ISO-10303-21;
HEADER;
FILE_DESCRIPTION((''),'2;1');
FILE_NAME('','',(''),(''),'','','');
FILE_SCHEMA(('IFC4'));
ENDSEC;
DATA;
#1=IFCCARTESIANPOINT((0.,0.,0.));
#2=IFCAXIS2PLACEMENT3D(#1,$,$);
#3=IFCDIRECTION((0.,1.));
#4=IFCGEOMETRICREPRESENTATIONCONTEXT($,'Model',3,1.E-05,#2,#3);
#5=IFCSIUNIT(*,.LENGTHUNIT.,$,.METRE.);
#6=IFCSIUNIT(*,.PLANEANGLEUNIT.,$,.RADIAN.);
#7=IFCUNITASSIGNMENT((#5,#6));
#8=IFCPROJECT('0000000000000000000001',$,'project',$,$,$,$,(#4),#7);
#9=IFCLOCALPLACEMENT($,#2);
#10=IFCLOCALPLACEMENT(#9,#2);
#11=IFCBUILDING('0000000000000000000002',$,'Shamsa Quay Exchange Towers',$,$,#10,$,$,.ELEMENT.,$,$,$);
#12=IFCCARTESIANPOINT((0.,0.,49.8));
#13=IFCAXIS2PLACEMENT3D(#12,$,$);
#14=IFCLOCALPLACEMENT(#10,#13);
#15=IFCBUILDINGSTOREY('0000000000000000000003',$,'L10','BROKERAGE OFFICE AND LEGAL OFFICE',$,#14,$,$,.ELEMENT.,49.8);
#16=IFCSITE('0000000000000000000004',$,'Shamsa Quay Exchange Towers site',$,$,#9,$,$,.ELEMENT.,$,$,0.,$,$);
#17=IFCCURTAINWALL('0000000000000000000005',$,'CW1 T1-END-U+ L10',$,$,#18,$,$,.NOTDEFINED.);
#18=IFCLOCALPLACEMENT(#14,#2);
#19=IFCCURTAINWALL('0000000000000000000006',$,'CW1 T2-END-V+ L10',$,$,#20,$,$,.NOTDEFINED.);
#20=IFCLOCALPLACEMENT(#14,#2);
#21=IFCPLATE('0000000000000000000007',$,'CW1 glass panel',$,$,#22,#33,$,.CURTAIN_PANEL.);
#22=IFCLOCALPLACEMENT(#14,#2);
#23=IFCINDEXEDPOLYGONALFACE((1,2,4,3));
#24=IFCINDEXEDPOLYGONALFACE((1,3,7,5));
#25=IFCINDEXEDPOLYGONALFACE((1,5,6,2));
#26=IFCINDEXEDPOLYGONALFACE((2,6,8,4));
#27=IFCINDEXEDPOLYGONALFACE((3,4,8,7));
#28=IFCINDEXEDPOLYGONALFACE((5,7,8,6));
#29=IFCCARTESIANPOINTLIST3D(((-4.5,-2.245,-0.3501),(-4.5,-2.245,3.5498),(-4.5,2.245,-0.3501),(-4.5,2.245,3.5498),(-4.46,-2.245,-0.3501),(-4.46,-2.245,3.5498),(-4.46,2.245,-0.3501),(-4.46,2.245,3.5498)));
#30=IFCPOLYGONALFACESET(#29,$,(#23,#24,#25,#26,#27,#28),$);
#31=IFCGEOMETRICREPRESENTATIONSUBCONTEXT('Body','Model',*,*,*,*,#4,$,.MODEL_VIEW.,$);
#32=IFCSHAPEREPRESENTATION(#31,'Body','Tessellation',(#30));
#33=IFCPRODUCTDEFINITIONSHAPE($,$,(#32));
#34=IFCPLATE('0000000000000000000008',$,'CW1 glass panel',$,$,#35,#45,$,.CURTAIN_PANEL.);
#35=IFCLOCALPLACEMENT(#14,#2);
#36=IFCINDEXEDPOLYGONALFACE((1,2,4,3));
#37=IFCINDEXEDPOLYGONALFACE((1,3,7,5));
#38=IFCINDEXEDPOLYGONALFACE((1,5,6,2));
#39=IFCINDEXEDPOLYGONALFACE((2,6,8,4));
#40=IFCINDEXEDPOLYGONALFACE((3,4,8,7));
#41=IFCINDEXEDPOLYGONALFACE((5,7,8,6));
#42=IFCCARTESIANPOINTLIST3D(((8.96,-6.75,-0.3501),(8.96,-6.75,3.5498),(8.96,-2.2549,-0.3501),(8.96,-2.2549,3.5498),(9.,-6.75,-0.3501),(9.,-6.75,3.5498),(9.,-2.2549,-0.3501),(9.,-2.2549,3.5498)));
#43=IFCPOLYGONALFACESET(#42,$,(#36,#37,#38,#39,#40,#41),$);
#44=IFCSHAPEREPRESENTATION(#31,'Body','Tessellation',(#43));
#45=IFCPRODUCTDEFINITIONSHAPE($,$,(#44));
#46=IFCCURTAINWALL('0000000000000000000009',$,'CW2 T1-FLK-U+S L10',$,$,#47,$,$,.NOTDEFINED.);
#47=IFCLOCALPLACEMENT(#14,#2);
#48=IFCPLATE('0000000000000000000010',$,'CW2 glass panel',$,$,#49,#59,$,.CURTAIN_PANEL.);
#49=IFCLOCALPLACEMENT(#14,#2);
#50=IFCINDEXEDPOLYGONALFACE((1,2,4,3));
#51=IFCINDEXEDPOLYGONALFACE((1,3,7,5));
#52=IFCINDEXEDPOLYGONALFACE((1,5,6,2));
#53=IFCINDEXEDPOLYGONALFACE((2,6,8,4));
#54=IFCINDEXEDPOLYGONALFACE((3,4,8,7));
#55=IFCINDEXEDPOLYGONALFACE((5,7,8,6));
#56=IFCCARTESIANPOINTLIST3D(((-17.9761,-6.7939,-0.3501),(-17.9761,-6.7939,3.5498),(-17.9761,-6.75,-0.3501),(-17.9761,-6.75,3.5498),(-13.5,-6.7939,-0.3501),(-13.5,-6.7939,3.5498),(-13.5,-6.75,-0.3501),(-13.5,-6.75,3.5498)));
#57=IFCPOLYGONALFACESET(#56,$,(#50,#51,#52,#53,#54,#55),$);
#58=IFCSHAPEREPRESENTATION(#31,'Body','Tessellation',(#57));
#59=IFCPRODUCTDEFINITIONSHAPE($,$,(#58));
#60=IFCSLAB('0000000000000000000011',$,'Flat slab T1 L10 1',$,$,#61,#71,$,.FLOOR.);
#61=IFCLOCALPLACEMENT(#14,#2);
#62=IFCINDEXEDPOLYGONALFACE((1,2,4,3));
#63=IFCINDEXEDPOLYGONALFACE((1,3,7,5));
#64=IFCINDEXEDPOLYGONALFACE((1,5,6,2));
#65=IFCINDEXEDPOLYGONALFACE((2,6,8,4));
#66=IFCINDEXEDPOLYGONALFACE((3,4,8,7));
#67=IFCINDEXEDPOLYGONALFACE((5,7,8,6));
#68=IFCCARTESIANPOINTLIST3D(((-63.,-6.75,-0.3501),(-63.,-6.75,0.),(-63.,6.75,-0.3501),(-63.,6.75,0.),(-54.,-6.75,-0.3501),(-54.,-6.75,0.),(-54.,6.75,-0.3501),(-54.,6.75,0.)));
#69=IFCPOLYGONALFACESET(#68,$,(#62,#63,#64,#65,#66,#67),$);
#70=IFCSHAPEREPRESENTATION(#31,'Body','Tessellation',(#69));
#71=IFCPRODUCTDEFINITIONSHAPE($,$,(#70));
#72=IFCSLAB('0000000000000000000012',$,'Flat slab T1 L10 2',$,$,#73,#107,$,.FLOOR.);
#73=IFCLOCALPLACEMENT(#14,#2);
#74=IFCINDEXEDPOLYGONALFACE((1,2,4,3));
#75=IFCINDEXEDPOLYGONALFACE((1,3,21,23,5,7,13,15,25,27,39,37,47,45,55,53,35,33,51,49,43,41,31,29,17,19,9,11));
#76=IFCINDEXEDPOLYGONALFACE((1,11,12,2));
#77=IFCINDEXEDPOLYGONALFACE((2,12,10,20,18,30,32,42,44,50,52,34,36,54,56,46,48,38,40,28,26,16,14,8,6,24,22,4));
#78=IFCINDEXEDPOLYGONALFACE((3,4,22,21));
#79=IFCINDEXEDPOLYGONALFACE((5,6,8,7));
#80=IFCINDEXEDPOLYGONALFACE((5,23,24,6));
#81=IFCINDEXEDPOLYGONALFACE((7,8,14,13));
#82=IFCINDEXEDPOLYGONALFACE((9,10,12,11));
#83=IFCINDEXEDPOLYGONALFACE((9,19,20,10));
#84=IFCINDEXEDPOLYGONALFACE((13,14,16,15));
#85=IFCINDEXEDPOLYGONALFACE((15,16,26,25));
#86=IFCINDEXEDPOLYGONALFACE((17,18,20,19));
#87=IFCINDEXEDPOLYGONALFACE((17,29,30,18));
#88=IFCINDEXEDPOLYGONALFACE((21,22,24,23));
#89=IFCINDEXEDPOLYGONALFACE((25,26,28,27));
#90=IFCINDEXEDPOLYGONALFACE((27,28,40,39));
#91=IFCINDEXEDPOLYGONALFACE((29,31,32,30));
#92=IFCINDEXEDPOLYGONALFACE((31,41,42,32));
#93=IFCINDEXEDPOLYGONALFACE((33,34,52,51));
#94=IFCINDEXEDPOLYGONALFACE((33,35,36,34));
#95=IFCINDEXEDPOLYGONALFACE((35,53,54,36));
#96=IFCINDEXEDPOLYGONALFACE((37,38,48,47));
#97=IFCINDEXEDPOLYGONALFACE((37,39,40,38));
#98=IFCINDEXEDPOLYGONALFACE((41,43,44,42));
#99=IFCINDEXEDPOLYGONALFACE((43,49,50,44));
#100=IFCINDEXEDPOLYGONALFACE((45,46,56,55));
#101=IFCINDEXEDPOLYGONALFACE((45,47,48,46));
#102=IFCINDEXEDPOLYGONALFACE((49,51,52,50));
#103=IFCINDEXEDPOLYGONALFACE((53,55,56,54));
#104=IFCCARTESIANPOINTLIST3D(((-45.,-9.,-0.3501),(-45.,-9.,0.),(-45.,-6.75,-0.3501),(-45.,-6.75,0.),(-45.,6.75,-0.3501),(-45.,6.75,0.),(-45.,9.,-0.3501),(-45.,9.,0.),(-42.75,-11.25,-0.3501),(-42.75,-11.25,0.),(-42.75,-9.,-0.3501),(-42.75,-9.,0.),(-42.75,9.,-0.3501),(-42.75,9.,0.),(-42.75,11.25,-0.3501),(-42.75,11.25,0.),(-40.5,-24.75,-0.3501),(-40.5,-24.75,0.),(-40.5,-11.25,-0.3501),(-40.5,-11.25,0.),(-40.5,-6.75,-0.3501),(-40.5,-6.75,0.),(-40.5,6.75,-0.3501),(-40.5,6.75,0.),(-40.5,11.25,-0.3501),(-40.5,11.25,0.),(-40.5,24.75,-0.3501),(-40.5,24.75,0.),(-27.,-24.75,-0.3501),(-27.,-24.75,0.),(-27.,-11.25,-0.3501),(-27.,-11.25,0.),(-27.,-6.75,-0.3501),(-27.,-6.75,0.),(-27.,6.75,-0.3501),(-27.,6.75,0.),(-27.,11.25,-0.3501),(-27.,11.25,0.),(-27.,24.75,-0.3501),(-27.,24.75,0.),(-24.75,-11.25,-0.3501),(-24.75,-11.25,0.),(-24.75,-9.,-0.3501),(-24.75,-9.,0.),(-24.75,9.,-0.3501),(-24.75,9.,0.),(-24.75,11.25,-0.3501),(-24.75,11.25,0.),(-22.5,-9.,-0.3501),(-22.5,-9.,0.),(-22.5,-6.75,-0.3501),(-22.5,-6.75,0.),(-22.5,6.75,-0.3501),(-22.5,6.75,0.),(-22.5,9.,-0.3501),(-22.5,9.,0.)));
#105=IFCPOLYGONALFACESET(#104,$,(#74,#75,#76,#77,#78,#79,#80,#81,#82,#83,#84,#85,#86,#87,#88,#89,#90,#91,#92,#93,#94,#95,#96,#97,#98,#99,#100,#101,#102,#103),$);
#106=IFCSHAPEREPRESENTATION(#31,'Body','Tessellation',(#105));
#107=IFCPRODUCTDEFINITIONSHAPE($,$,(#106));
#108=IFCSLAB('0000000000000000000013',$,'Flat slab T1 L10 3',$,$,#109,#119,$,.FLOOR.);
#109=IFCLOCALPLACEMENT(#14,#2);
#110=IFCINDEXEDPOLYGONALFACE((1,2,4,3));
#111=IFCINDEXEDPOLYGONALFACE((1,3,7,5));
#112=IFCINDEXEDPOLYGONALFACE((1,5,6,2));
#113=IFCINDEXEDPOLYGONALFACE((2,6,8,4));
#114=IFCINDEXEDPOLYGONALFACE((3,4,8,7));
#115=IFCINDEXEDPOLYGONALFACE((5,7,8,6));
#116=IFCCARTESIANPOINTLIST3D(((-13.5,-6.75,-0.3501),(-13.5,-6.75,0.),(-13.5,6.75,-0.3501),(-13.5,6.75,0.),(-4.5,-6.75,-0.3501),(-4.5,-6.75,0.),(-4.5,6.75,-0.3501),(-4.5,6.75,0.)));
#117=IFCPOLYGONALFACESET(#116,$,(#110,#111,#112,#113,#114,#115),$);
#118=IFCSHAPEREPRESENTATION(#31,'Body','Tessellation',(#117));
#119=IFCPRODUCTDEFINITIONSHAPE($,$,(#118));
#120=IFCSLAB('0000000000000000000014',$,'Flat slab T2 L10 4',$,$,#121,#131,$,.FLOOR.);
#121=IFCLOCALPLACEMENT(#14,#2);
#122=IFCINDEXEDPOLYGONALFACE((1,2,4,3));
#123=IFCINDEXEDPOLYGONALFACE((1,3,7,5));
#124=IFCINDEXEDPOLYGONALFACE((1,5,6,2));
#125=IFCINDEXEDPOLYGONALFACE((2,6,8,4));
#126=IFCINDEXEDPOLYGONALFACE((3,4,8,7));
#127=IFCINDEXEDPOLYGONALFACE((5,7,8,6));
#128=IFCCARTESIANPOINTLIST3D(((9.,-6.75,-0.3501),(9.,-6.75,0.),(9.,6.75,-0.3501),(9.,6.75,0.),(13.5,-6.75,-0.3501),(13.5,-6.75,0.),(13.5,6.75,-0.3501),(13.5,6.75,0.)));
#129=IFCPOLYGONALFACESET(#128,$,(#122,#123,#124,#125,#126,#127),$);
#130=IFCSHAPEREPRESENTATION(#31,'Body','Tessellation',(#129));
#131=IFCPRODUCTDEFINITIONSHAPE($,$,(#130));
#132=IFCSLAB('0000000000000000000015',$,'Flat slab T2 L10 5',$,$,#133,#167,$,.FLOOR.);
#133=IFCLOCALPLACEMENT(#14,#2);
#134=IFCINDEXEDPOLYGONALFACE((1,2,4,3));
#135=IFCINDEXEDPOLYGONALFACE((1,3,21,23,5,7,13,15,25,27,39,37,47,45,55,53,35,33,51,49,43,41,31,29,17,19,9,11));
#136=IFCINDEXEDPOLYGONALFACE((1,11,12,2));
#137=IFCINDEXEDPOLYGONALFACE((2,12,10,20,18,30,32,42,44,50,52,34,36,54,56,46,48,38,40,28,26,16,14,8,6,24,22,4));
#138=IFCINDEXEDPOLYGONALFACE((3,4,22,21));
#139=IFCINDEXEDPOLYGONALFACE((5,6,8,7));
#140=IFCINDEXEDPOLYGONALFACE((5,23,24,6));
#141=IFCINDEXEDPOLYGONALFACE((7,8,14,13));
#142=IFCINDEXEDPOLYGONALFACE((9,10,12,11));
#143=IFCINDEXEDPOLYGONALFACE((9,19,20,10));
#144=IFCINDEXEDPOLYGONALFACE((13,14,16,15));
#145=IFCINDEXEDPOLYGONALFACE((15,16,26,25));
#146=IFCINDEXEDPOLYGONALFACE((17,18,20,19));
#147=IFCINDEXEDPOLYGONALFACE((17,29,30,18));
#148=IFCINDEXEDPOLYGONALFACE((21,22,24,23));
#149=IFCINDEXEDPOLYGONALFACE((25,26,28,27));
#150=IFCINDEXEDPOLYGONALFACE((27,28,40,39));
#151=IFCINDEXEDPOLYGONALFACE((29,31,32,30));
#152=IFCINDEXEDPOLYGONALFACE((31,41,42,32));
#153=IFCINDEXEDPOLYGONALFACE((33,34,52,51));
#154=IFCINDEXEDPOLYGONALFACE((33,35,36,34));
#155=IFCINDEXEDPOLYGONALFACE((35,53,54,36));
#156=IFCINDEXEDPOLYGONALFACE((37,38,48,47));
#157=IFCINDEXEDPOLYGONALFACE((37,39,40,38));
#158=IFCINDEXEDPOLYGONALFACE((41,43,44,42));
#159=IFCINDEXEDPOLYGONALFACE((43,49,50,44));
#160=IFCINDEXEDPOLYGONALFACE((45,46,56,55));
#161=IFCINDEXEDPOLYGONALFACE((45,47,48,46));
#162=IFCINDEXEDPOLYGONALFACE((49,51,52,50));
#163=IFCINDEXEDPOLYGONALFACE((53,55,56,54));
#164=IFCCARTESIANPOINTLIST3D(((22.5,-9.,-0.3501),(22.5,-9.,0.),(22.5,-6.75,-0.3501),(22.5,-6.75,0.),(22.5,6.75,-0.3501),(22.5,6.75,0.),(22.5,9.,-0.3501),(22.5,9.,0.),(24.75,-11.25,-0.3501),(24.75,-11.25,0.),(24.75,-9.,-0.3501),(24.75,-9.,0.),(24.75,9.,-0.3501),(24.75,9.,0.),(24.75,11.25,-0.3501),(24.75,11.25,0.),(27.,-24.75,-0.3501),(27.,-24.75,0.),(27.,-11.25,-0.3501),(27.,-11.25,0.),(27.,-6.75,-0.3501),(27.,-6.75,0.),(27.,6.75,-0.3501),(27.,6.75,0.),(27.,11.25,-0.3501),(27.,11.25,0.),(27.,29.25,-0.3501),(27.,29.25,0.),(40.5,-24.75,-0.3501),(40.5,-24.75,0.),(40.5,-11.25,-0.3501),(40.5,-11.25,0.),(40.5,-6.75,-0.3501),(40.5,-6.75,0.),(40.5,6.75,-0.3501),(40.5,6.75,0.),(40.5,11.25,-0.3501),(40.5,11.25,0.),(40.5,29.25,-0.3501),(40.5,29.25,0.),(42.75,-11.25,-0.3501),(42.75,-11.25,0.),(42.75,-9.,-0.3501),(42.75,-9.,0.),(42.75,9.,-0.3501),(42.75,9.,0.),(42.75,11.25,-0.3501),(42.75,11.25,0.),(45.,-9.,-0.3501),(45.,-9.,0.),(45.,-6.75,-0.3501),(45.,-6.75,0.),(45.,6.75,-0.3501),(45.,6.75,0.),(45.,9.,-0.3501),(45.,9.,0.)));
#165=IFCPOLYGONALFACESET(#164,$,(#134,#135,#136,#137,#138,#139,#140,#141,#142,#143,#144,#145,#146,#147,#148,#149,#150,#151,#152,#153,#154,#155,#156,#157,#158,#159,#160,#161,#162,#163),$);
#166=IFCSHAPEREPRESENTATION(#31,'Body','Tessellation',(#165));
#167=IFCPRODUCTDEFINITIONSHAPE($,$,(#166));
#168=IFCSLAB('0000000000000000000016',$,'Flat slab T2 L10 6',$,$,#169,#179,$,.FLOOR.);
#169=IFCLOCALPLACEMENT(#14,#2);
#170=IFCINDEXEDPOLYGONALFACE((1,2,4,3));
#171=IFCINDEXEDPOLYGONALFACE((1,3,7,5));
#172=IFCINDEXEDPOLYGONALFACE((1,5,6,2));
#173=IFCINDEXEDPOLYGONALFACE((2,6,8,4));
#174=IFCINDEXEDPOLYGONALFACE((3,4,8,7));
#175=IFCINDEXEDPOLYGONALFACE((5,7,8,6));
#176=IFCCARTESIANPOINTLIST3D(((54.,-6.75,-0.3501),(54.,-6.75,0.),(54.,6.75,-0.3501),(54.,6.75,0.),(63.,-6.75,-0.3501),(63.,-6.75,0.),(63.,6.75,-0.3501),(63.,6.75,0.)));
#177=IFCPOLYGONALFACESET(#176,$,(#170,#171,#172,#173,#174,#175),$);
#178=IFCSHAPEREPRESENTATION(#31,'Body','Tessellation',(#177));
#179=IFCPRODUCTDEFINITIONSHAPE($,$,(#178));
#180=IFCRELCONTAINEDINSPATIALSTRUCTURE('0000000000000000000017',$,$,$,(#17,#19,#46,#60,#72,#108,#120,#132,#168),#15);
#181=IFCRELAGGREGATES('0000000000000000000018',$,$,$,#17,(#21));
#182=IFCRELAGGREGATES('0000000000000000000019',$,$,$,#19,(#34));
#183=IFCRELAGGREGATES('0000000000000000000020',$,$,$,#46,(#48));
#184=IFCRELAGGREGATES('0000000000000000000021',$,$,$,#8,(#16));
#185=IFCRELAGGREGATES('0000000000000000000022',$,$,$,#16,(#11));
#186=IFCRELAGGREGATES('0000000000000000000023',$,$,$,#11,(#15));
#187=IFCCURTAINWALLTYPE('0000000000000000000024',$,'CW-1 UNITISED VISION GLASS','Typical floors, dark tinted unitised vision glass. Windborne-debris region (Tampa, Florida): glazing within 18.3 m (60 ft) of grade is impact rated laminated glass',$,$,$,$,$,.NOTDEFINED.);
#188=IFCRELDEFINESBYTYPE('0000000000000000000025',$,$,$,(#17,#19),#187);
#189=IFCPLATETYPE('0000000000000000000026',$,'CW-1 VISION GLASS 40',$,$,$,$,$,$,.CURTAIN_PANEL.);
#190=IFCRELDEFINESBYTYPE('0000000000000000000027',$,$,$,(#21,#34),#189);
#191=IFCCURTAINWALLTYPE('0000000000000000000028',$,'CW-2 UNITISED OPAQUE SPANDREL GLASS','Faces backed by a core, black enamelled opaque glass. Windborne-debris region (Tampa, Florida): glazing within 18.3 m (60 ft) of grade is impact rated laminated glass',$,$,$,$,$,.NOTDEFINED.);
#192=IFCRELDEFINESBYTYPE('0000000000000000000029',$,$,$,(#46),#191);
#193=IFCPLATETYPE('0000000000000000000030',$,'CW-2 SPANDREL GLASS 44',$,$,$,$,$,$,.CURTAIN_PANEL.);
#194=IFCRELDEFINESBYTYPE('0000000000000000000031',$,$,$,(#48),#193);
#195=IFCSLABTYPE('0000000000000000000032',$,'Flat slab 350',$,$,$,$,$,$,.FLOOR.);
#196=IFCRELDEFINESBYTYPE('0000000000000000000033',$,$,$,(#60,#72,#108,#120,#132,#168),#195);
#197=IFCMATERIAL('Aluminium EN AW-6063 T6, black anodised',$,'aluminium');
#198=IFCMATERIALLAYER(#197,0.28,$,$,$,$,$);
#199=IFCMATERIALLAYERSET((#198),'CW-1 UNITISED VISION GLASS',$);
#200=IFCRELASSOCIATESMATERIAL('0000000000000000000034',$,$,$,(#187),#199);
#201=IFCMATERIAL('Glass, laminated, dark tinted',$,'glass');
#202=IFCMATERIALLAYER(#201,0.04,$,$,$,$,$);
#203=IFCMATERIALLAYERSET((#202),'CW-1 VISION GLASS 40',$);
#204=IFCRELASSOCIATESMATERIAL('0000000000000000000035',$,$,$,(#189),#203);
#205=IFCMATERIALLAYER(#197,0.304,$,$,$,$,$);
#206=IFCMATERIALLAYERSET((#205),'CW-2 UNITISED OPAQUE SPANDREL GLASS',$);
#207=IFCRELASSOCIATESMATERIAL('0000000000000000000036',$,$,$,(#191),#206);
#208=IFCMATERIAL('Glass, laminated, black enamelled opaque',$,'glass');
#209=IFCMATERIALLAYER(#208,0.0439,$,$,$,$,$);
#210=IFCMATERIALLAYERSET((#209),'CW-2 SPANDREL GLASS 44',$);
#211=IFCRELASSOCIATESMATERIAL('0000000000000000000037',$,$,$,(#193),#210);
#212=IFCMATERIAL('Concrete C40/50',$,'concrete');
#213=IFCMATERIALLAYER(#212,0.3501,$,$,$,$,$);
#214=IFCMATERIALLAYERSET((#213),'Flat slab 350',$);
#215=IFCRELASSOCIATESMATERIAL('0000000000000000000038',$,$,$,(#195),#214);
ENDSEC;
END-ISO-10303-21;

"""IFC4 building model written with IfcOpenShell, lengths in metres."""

from ifc_helpers import new_model, si_unit, direction, frame, origin, origin_2d, place, context, subcontext, project, spatial, polyline, rectangle, outline, extrude, material, layer, layer_set, type_object, element, aggregate, save


model = new_model("IFC4")

# Units and contexts
model_context = context("Model", 3, precision=1e-05, world=origin(), true_north=direction((0.0, 1.0)))
body_context = subcontext(model_context, "Body", "Model", "MODEL_VIEW")
ifc_project = project(units=[si_unit("LENGTHUNIT", "METRE"), si_unit("PLANEANGLEUNIT", "RADIAN")], contexts=[model_context])

# Site, building, storey
site_placement = place(None, origin())
site = spatial("IfcSite", under=ifc_project, at=site_placement, Name="Shamsa Quay Exchange Towers site", CompositionType="ELEMENT", RefElevation=0.0)
building_placement = place(site_placement, origin())
building = spatial("IfcBuilding", under=site, at=building_placement, Name="Shamsa Quay Exchange Towers", CompositionType="ELEMENT")
storey_placement = place(building_placement, frame((0.0, 0.0, 49.8)))
storey = spatial("IfcBuildingStorey", under=building, at=storey_placement, Name="L10", Description="BROKERAGE OFFICE AND LEGAL OFFICE", CompositionType="ELEMENT", Elevation=49.8)

# Curtain walls
ifc_material_1 = material(Name="Aluminium EN AW-6063 T6, black anodised", Category="aluminium")
ifc_layer_1 = layer(ifc_material_1, 0.28)
ifc_layer_set_1 = layer_set([ifc_layer_1], Name="CW-1 UNITISED VISION GLASS")
curtain_wall_type_1 = type_object("IfcCurtainWallType", Name="CW-1 UNITISED VISION GLASS", Description="Typical floors, dark tinted unitised vision glass. Windborne-debris region (Tampa, Florida): glazing within 18.3 m (60 ft) of grade is impact rated laminated glass", PredefinedType="NOTDEFINED", material=ifc_layer_set_1)
curtain_wall_1_placement = place(storey_placement, origin())
curtain_wall_1 = element("IfcCurtainWall", 1, at=curtain_wall_1_placement, inside=storey, type_object=curtain_wall_type_1, Name="CW1 T1-END-U+ L10", PredefinedType="NOTDEFINED")
curtain_wall_2_placement = place(storey_placement, origin())
curtain_wall_2 = element("IfcCurtainWall", 2, at=curtain_wall_2_placement, inside=storey, type_object=curtain_wall_type_1, Name="CW1 T2-END-V+ L10", PredefinedType="NOTDEFINED")

# Shared definitions
ifc_material_2 = material(Name="Glass, laminated, dark tinted", Category="glass")
ifc_layer_2 = layer(ifc_material_2, 0.04)
ifc_layer_set_2 = layer_set([ifc_layer_2], Name="CW-1 VISION GLASS 40")
plate_type_1 = type_object("IfcPlateType", Name="CW-1 VISION GLASS 40", PredefinedType="CURTAIN_PANEL", material=ifc_layer_set_2)

# Plates
plate_1_placement = place(storey_placement, frame((-4.48, 0.0, -0.3501), z_axis=(0.0, 0.0, 1.0), x_axis=(0.0, 1.0, 0.0)))
plate_1 = element("IfcPlate", 3, at=plate_1_placement, type_object=plate_type_1, Name="CW1 glass panel", PredefinedType="CURTAIN_PANEL", context=body_context, shape_type="SweptSolid", body=[
    extrude(rectangle(XDim=4.49, YDim=0.04, at=origin_2d()), origin(), (0.0, 0.0, 1.0), 3.8999),
])
aggregate(curtain_wall_1, [plate_1])
plate_2_placement = place(storey_placement, frame((8.98, -4.5024, -0.3501), z_axis=(0.0, 0.0, 1.0), x_axis=(0.0, -1.0, 0.0)))
plate_2 = element("IfcPlate", 4, at=plate_2_placement, type_object=plate_type_1, Name="CW1 glass panel", PredefinedType="CURTAIN_PANEL", context=body_context, shape_type="SweptSolid", body=[
    extrude(rectangle(XDim=4.4951, YDim=0.04, at=origin_2d()), origin(), (0.0, 0.0, 1.0), 3.8999),
])
aggregate(curtain_wall_2, [plate_2])

# Curtain wall, plate
ifc_layer_3 = layer(ifc_material_1, 0.304)
ifc_layer_set_3 = layer_set([ifc_layer_3], Name="CW-2 UNITISED OPAQUE SPANDREL GLASS")
curtain_wall_type_2 = type_object("IfcCurtainWallType", Name="CW-2 UNITISED OPAQUE SPANDREL GLASS", Description="Faces backed by a core, black enamelled opaque glass. Windborne-debris region (Tampa, Florida): glazing within 18.3 m (60 ft) of grade is impact rated laminated glass", PredefinedType="NOTDEFINED", material=ifc_layer_set_3)
curtain_wall_3_placement = place(storey_placement, origin())
curtain_wall_3 = element("IfcCurtainWall", 5, at=curtain_wall_3_placement, inside=storey, type_object=curtain_wall_type_2, Name="CW2 T1-FLK-U+S L10", PredefinedType="NOTDEFINED")
ifc_material_3 = material(Name="Glass, laminated, black enamelled opaque", Category="glass")
ifc_layer_4 = layer(ifc_material_3, 0.0439)
ifc_layer_set_4 = layer_set([ifc_layer_4], Name="CW-2 SPANDREL GLASS 44")
plate_type_2 = type_object("IfcPlateType", Name="CW-2 SPANDREL GLASS 44", PredefinedType="CURTAIN_PANEL", material=ifc_layer_set_4)
plate_3_placement = place(storey_placement, frame((-15.738, -6.772, -0.3501)))
plate_3 = element("IfcPlate", 6, at=plate_3_placement, type_object=plate_type_2, Name="CW2 glass panel", PredefinedType="CURTAIN_PANEL", context=body_context, shape_type="SweptSolid", body=[
    extrude(rectangle(XDim=4.4761, YDim=0.0439, at=origin_2d()), origin(), (0.0, 0.0, 1.0), 3.8999),
])
aggregate(curtain_wall_3, [plate_3])

# Slabs
ifc_material_4 = material(Name="Concrete C40/50", Category="concrete")
ifc_layer_5 = layer(ifc_material_4, 0.3501)
ifc_layer_set_5 = layer_set([ifc_layer_5], Name="Flat slab 350")
slab_type_1 = type_object("IfcSlabType", Name="Flat slab 350", PredefinedType="FLOOR", material=ifc_layer_set_5)
slab_1_placement = place(storey_placement, frame((0.0, 0.0, -0.3501)))
element("IfcSlab", 7, at=slab_1_placement, inside=storey, type_object=slab_type_1, Name="Flat slab T1 L10 1", PredefinedType="FLOOR", context=body_context, shape_type="SweptSolid", body=[
    extrude(outline(polyline([(-63.0, -6.75), (-54.0, -6.75), (-54.0, 6.75), (-63.0, 6.75), (-63.0, -6.75)])), origin(), (0.0, 0.0, 1.0), 0.3501),
])
slab_2_placement = place(storey_placement, frame((0.0, 0.0, -0.3501)))
element("IfcSlab", 8, at=slab_2_placement, inside=storey, type_object=slab_type_1, Name="Flat slab T1 L10 2", PredefinedType="FLOOR", context=body_context, shape_type="SweptSolid", body=[
    extrude(outline(polyline([(-22.5, -9.0), (-22.5, -6.75), (-27.0, -6.75), (-27.0, 6.75), (-22.5, 6.75), (-22.5, 9.0), (-24.75, 9.0), (-24.75, 11.25), (-27.0, 11.25), (-27.0, 24.75), (-40.5, 24.75), (-40.5, 11.25), (-42.75, 11.25), (-42.75, 9.0), (-45.0, 9.0), (-45.0, 6.75), (-40.5, 6.75), (-40.5, -6.75), (-45.0, -6.75), (-45.0, -9.0), (-42.75, -9.0), (-42.75, -11.25), (-40.5, -11.25), (-40.5, -24.75), (-27.0, -24.75), (-27.0, -11.25), (-24.75, -11.25), (-24.75, -9.0), (-22.5, -9.0)])), origin(), (0.0, 0.0, 1.0), 0.3501),
])
slab_3_placement = place(storey_placement, frame((0.0, 0.0, -0.3501)))
element("IfcSlab", 9, at=slab_3_placement, inside=storey, type_object=slab_type_1, Name="Flat slab T1 L10 3", PredefinedType="FLOOR", context=body_context, shape_type="SweptSolid", body=[
    extrude(outline(polyline([(-4.5, 6.75), (-13.5, 6.75), (-13.5, -6.75), (-4.5, -6.75), (-4.5, 6.75)])), origin(), (0.0, 0.0, 1.0), 0.3501),
])
slab_4_placement = place(storey_placement, frame((0.0, 0.0, -0.3501)))
element("IfcSlab", 10, at=slab_4_placement, inside=storey, type_object=slab_type_1, Name="Flat slab T2 L10 4", PredefinedType="FLOOR", context=body_context, shape_type="SweptSolid", body=[
    extrude(outline(polyline([(9.0, -6.75), (13.5, -6.75), (13.5, 6.75), (9.0, 6.75), (9.0, -6.75)])), origin(), (0.0, 0.0, 1.0), 0.3501),
])
slab_5_placement = place(storey_placement, frame((0.0, 0.0, -0.3501)))
element("IfcSlab", 11, at=slab_5_placement, inside=storey, type_object=slab_type_1, Name="Flat slab T2 L10 5", PredefinedType="FLOOR", context=body_context, shape_type="SweptSolid", body=[
    extrude(outline(polyline([(45.0, -9.0), (45.0, -6.75), (40.5, -6.75), (40.5, 6.75), (45.0, 6.75), (45.0, 9.0), (42.75, 9.0), (42.75, 11.25), (40.5, 11.25), (40.5, 29.25), (27.0, 29.25), (27.0, 11.25), (24.75, 11.25), (24.75, 9.0), (22.5, 9.0), (22.5, 6.75), (27.0, 6.75), (27.0, -6.75), (22.5, -6.75), (22.5, -9.0), (24.75, -9.0), (24.75, -11.25), (27.0, -11.25), (27.0, -24.75), (40.5, -24.75), (40.5, -11.25), (42.75, -11.25), (42.75, -9.0), (45.0, -9.0)])), origin(), (0.0, 0.0, 1.0), 0.3501),
])
slab_6_placement = place(storey_placement, frame((0.0, 0.0, -0.3501)))
element("IfcSlab", 12, at=slab_6_placement, inside=storey, type_object=slab_type_1, Name="Flat slab T2 L10 6", PredefinedType="FLOOR", context=body_context, shape_type="SweptSolid", body=[
    extrude(outline(polyline([(63.0, 6.75), (54.0, 6.75), (54.0, -6.75), (63.0, -6.75), (63.0, 6.75)])), origin(), (0.0, 0.0, 1.0), 0.3501),
])

save(model, "model.ifc")
